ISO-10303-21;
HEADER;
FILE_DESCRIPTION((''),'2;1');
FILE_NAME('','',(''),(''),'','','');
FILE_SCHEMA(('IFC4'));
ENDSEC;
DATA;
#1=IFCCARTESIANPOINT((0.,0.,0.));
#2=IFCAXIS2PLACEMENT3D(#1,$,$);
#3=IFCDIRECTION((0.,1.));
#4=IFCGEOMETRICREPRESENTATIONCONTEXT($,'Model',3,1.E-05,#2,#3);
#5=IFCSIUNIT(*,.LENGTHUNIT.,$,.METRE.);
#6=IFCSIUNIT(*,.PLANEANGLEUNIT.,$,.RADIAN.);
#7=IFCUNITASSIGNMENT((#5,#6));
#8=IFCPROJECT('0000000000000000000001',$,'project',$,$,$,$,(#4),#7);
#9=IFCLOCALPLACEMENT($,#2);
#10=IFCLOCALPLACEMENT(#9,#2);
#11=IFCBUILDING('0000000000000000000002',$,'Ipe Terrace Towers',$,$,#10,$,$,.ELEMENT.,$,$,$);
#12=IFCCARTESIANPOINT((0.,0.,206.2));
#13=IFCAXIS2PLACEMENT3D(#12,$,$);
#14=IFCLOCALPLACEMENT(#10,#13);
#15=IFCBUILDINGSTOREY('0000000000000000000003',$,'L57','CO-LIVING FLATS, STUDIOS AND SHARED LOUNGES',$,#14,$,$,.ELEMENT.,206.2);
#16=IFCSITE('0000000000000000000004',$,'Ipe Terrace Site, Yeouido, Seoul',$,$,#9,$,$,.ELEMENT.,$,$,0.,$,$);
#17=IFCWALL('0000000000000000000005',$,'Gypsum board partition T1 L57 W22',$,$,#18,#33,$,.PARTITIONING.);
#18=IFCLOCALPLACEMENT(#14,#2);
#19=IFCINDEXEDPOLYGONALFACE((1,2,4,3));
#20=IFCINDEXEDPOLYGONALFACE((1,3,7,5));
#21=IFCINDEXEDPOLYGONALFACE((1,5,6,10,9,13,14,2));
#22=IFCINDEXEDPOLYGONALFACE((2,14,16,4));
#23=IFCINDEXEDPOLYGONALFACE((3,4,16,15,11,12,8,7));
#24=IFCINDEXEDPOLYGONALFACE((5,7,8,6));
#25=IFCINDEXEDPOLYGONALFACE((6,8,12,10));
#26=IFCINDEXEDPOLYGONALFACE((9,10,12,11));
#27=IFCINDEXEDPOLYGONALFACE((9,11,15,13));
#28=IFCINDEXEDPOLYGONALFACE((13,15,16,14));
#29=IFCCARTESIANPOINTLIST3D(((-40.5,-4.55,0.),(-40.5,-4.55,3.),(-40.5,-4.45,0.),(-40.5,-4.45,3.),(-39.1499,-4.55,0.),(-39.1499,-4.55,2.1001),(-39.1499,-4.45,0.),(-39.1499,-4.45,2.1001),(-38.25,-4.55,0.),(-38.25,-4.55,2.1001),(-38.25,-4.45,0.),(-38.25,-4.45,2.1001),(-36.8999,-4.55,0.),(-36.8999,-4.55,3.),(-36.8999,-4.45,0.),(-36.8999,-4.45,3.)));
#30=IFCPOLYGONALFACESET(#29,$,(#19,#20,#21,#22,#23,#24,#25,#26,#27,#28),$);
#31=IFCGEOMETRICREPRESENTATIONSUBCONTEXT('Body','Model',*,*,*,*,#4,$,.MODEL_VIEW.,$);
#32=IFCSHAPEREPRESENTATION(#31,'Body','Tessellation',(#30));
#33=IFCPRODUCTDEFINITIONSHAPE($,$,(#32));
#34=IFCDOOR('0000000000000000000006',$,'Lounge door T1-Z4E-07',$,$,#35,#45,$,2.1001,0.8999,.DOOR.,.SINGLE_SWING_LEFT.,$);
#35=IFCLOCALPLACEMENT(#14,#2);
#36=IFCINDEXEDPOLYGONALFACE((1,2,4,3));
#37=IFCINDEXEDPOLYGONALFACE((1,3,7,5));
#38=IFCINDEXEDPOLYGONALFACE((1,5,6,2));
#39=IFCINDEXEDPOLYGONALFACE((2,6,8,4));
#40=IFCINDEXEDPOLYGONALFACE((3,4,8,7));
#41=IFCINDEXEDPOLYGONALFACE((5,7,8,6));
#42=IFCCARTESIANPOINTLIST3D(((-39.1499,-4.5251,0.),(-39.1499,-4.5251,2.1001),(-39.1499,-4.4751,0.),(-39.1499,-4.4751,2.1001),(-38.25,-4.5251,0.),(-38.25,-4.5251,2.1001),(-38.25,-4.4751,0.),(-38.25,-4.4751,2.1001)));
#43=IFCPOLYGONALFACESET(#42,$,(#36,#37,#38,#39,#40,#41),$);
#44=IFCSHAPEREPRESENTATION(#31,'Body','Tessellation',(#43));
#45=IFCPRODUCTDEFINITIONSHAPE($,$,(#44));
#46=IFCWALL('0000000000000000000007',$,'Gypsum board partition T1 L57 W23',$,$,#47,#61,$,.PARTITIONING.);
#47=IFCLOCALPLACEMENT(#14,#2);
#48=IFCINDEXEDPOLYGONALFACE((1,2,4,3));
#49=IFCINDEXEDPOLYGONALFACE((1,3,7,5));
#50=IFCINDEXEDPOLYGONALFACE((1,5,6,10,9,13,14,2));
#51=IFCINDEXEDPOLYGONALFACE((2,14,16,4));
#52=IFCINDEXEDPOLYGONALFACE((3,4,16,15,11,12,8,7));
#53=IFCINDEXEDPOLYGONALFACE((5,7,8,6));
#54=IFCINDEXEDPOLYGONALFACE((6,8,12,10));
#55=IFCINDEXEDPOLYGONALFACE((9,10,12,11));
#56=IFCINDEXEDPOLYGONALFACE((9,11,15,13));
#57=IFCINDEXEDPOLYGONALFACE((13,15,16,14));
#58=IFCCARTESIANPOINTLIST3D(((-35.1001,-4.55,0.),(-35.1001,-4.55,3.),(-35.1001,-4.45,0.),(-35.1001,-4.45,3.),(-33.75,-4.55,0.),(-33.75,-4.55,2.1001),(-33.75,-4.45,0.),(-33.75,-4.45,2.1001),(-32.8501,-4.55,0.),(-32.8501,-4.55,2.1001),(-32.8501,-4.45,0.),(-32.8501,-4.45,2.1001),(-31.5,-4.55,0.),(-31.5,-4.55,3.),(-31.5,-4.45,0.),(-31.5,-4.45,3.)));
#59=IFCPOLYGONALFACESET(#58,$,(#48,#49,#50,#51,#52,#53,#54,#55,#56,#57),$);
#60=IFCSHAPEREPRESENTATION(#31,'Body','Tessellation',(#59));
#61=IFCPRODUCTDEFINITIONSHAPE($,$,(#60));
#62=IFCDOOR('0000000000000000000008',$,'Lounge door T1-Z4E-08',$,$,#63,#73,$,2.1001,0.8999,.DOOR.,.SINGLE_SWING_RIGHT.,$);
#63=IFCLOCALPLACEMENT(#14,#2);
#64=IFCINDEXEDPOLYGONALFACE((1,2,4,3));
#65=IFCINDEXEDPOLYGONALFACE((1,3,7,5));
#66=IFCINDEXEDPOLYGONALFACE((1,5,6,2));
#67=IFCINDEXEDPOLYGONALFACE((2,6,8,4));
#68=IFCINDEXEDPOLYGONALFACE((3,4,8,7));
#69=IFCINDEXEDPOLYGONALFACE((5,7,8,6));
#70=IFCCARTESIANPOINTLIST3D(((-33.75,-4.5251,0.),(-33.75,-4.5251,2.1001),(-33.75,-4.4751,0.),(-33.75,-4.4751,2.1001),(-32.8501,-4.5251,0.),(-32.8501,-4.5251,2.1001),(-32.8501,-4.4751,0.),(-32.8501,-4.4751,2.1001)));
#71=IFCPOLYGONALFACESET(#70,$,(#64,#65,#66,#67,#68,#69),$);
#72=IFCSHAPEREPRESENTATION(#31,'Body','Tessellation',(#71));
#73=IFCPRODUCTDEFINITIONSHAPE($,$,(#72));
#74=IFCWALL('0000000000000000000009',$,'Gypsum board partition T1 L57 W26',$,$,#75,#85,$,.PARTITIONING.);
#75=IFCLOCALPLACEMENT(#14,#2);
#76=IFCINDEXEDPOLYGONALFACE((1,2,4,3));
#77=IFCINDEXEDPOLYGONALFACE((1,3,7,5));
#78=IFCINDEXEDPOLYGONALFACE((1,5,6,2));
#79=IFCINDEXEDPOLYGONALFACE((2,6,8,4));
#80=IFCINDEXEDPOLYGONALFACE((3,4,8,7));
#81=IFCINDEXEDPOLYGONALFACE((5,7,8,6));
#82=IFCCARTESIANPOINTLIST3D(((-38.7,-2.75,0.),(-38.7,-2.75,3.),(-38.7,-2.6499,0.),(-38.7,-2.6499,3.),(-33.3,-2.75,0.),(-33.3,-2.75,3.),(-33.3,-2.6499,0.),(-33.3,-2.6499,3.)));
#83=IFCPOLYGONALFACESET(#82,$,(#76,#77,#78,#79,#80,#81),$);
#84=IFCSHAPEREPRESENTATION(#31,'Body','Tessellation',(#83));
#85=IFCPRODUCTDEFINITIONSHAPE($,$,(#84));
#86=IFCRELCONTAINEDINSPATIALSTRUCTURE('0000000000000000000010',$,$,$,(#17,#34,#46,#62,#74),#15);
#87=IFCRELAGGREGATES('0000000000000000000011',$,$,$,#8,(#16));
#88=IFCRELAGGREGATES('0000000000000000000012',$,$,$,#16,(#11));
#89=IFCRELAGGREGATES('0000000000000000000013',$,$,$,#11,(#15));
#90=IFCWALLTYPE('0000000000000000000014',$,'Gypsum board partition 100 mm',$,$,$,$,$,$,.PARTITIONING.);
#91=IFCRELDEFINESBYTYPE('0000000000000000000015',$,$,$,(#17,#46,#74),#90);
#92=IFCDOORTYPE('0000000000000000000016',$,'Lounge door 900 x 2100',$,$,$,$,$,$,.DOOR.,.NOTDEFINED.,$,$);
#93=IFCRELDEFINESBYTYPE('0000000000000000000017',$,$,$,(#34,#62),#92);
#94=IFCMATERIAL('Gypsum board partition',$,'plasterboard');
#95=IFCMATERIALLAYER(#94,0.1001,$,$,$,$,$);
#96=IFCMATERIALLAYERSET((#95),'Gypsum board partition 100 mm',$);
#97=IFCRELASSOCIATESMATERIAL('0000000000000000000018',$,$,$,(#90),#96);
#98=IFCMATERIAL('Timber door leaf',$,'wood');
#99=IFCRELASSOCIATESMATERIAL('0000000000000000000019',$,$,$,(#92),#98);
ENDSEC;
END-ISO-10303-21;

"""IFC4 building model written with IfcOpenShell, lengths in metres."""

from ifc_helpers import new_model, si_unit, direction, frame, frame_2d, origin, place, context, subcontext, project, spatial, rectangle, extrude, material, layer, layer_set, type_object, element, fill, save


model = new_model("IFC4")

# Units and contexts
model_context = context("Model", 3, precision=1e-05, world=origin(), true_north=direction((0.0, 1.0)))
body_context = subcontext(model_context, "Body", "Model", "MODEL_VIEW")
ifc_project = project(units=[si_unit("LENGTHUNIT", "METRE"), si_unit("PLANEANGLEUNIT", "RADIAN")], contexts=[model_context])

# Site, building, storey
site_placement = place(None, origin())
site = spatial("IfcSite", under=ifc_project, at=site_placement, Name="Ipe Terrace Site, Yeouido, Seoul", CompositionType="ELEMENT", RefElevation=0.0)
building_placement = place(site_placement, origin())
building = spatial("IfcBuilding", under=site, at=building_placement, Name="Ipe Terrace Towers", CompositionType="ELEMENT")
storey_placement = place(building_placement, frame((0.0, 0.0, 206.2)))
storey = spatial("IfcBuildingStorey", under=building, at=storey_placement, Name="L57", Description="CO-LIVING FLATS, STUDIOS AND SHARED LOUNGES", CompositionType="ELEMENT", Elevation=206.2)

# Shared definitions
ifc_material_1 = material(Name="Gypsum board partition", Category="plasterboard")
ifc_layer_1 = layer(ifc_material_1, 0.1001)
ifc_layer_set_1 = layer_set([ifc_layer_1], Name="Gypsum board partition 100 mm")
wall_type_1 = type_object("IfcWallType", Name="Gypsum board partition 100 mm", PredefinedType="PARTITIONING", material=ifc_layer_set_1)

# Shared definitions
ifc_material_2 = material(Name="Timber door leaf", Category="wood")
door_type = type_object("IfcDoorType", Name="Lounge door 900 x 2100", OperationType="NOTDEFINED", PredefinedType="DOOR", material=ifc_material_2)

# Walls, openings, doors
wall_1_placement = place(storey_placement, frame((-40.5, -4.5, 0.0), z_axis=(0.0, 0.0, 1.0), x_axis=(1.0, 0.0, 0.0)))
wall_1 = element("IfcWall", 1, at=wall_1_placement, inside=storey, type_object=wall_type_1, Name="Gypsum board partition T1 L57 W22", PredefinedType="PARTITIONING", context=body_context, shape_type="SweptSolid", body=[
    extrude(rectangle(XDim=3.6001, YDim=0.1001, at=frame_2d((1.8, 0.0))), origin(), (0.0, 0.0, 1.0), 3.0),
])
opening_1_placement = place(wall_1_placement, frame((1.3501, 0.0, 0.0)))
opening_1 = element("IfcOpeningElement", 2, at=opening_1_placement, cuts=wall_1, PredefinedType="OPENING", context=body_context, shape_type="SweptSolid", body=[
    extrude(rectangle(XDim=0.8999, YDim=2.1001, at=frame_2d((0.45, 1.05))), frame((0.0, 0.0601, 0.0), z_axis=(0.0, -1.0, 0.0), x_axis=(1.0, 0.0, 0.0)), (0.0, 0.0, 1.0), 0.1201),
])
door_1_placement = place(opening_1_placement, origin())
door_1 = element("IfcDoor", 3, at=door_1_placement, inside=storey, type_object=door_type, Name="Lounge door T1-Z4E-07", OperationType="SINGLE_SWING_LEFT", OverallHeight=2.1001, OverallWidth=0.8999, PredefinedType="DOOR", context=body_context, shape_type="SweptSolid", body=[
    extrude(rectangle(XDim=0.8999, YDim=2.1001, at=frame_2d((0.45, 1.05))), frame((0.0, 0.0249, 0.0), z_axis=(0.0, -1.0, 0.0), x_axis=(1.0, 0.0, 0.0)), (0.0, 0.0, 1.0), 0.05),
])
fill(opening_1, door_1)
wall_2_placement = place(storey_placement, frame((-35.1001, -4.5, 0.0), z_axis=(0.0, 0.0, 1.0), x_axis=(1.0, 0.0, 0.0)))
wall_2 = element("IfcWall", 4, at=wall_2_placement, inside=storey, type_object=wall_type_1, Name="Gypsum board partition T1 L57 W23", PredefinedType="PARTITIONING", context=body_context, shape_type="SweptSolid", body=[
    extrude(rectangle(XDim=3.6001, YDim=0.1001, at=frame_2d((1.8, 0.0))), origin(), (0.0, 0.0, 1.0), 3.0),
])
opening_2_placement = place(wall_2_placement, frame((1.3501, 0.0, 0.0)))
opening_2 = element("IfcOpeningElement", 5, at=opening_2_placement, cuts=wall_2, PredefinedType="OPENING", context=body_context, shape_type="SweptSolid", body=[
    extrude(rectangle(XDim=0.8999, YDim=2.1001, at=frame_2d((0.45, 1.05))), frame((0.0, 0.0601, 0.0), z_axis=(0.0, -1.0, 0.0), x_axis=(1.0, 0.0, 0.0)), (0.0, 0.0, 1.0), 0.1201),
])
door_2_placement = place(opening_2_placement, origin())
door_2 = element("IfcDoor", 6, at=door_2_placement, inside=storey, type_object=door_type, Name="Lounge door T1-Z4E-08", OperationType="SINGLE_SWING_RIGHT", OverallHeight=2.1001, OverallWidth=0.8999, PredefinedType="DOOR", context=body_context, shape_type="SweptSolid", body=[
    extrude(rectangle(XDim=0.8999, YDim=2.1001, at=frame_2d((0.45, 1.05))), frame((0.0, 0.0249, 0.0), z_axis=(0.0, -1.0, 0.0), x_axis=(1.0, 0.0, 0.0)), (0.0, 0.0, 1.0), 0.05),
])
fill(opening_2, door_2)

# Wall
wall_3_placement = place(storey_placement, frame((-38.7, -2.7, 0.0), z_axis=(0.0, 0.0, 1.0), x_axis=(1.0, 0.0, 0.0)))
element("IfcWall", 7, at=wall_3_placement, inside=storey, type_object=wall_type_1, Name="Gypsum board partition T1 L57 W26", PredefinedType="PARTITIONING", context=body_context, shape_type="SweptSolid", body=[
    extrude(rectangle(XDim=5.3999, YDim=0.1001, at=frame_2d((2.7, 0.0))), origin(), (0.0, 0.0, 1.0), 3.0),
])

save(model, "model.ifc")
